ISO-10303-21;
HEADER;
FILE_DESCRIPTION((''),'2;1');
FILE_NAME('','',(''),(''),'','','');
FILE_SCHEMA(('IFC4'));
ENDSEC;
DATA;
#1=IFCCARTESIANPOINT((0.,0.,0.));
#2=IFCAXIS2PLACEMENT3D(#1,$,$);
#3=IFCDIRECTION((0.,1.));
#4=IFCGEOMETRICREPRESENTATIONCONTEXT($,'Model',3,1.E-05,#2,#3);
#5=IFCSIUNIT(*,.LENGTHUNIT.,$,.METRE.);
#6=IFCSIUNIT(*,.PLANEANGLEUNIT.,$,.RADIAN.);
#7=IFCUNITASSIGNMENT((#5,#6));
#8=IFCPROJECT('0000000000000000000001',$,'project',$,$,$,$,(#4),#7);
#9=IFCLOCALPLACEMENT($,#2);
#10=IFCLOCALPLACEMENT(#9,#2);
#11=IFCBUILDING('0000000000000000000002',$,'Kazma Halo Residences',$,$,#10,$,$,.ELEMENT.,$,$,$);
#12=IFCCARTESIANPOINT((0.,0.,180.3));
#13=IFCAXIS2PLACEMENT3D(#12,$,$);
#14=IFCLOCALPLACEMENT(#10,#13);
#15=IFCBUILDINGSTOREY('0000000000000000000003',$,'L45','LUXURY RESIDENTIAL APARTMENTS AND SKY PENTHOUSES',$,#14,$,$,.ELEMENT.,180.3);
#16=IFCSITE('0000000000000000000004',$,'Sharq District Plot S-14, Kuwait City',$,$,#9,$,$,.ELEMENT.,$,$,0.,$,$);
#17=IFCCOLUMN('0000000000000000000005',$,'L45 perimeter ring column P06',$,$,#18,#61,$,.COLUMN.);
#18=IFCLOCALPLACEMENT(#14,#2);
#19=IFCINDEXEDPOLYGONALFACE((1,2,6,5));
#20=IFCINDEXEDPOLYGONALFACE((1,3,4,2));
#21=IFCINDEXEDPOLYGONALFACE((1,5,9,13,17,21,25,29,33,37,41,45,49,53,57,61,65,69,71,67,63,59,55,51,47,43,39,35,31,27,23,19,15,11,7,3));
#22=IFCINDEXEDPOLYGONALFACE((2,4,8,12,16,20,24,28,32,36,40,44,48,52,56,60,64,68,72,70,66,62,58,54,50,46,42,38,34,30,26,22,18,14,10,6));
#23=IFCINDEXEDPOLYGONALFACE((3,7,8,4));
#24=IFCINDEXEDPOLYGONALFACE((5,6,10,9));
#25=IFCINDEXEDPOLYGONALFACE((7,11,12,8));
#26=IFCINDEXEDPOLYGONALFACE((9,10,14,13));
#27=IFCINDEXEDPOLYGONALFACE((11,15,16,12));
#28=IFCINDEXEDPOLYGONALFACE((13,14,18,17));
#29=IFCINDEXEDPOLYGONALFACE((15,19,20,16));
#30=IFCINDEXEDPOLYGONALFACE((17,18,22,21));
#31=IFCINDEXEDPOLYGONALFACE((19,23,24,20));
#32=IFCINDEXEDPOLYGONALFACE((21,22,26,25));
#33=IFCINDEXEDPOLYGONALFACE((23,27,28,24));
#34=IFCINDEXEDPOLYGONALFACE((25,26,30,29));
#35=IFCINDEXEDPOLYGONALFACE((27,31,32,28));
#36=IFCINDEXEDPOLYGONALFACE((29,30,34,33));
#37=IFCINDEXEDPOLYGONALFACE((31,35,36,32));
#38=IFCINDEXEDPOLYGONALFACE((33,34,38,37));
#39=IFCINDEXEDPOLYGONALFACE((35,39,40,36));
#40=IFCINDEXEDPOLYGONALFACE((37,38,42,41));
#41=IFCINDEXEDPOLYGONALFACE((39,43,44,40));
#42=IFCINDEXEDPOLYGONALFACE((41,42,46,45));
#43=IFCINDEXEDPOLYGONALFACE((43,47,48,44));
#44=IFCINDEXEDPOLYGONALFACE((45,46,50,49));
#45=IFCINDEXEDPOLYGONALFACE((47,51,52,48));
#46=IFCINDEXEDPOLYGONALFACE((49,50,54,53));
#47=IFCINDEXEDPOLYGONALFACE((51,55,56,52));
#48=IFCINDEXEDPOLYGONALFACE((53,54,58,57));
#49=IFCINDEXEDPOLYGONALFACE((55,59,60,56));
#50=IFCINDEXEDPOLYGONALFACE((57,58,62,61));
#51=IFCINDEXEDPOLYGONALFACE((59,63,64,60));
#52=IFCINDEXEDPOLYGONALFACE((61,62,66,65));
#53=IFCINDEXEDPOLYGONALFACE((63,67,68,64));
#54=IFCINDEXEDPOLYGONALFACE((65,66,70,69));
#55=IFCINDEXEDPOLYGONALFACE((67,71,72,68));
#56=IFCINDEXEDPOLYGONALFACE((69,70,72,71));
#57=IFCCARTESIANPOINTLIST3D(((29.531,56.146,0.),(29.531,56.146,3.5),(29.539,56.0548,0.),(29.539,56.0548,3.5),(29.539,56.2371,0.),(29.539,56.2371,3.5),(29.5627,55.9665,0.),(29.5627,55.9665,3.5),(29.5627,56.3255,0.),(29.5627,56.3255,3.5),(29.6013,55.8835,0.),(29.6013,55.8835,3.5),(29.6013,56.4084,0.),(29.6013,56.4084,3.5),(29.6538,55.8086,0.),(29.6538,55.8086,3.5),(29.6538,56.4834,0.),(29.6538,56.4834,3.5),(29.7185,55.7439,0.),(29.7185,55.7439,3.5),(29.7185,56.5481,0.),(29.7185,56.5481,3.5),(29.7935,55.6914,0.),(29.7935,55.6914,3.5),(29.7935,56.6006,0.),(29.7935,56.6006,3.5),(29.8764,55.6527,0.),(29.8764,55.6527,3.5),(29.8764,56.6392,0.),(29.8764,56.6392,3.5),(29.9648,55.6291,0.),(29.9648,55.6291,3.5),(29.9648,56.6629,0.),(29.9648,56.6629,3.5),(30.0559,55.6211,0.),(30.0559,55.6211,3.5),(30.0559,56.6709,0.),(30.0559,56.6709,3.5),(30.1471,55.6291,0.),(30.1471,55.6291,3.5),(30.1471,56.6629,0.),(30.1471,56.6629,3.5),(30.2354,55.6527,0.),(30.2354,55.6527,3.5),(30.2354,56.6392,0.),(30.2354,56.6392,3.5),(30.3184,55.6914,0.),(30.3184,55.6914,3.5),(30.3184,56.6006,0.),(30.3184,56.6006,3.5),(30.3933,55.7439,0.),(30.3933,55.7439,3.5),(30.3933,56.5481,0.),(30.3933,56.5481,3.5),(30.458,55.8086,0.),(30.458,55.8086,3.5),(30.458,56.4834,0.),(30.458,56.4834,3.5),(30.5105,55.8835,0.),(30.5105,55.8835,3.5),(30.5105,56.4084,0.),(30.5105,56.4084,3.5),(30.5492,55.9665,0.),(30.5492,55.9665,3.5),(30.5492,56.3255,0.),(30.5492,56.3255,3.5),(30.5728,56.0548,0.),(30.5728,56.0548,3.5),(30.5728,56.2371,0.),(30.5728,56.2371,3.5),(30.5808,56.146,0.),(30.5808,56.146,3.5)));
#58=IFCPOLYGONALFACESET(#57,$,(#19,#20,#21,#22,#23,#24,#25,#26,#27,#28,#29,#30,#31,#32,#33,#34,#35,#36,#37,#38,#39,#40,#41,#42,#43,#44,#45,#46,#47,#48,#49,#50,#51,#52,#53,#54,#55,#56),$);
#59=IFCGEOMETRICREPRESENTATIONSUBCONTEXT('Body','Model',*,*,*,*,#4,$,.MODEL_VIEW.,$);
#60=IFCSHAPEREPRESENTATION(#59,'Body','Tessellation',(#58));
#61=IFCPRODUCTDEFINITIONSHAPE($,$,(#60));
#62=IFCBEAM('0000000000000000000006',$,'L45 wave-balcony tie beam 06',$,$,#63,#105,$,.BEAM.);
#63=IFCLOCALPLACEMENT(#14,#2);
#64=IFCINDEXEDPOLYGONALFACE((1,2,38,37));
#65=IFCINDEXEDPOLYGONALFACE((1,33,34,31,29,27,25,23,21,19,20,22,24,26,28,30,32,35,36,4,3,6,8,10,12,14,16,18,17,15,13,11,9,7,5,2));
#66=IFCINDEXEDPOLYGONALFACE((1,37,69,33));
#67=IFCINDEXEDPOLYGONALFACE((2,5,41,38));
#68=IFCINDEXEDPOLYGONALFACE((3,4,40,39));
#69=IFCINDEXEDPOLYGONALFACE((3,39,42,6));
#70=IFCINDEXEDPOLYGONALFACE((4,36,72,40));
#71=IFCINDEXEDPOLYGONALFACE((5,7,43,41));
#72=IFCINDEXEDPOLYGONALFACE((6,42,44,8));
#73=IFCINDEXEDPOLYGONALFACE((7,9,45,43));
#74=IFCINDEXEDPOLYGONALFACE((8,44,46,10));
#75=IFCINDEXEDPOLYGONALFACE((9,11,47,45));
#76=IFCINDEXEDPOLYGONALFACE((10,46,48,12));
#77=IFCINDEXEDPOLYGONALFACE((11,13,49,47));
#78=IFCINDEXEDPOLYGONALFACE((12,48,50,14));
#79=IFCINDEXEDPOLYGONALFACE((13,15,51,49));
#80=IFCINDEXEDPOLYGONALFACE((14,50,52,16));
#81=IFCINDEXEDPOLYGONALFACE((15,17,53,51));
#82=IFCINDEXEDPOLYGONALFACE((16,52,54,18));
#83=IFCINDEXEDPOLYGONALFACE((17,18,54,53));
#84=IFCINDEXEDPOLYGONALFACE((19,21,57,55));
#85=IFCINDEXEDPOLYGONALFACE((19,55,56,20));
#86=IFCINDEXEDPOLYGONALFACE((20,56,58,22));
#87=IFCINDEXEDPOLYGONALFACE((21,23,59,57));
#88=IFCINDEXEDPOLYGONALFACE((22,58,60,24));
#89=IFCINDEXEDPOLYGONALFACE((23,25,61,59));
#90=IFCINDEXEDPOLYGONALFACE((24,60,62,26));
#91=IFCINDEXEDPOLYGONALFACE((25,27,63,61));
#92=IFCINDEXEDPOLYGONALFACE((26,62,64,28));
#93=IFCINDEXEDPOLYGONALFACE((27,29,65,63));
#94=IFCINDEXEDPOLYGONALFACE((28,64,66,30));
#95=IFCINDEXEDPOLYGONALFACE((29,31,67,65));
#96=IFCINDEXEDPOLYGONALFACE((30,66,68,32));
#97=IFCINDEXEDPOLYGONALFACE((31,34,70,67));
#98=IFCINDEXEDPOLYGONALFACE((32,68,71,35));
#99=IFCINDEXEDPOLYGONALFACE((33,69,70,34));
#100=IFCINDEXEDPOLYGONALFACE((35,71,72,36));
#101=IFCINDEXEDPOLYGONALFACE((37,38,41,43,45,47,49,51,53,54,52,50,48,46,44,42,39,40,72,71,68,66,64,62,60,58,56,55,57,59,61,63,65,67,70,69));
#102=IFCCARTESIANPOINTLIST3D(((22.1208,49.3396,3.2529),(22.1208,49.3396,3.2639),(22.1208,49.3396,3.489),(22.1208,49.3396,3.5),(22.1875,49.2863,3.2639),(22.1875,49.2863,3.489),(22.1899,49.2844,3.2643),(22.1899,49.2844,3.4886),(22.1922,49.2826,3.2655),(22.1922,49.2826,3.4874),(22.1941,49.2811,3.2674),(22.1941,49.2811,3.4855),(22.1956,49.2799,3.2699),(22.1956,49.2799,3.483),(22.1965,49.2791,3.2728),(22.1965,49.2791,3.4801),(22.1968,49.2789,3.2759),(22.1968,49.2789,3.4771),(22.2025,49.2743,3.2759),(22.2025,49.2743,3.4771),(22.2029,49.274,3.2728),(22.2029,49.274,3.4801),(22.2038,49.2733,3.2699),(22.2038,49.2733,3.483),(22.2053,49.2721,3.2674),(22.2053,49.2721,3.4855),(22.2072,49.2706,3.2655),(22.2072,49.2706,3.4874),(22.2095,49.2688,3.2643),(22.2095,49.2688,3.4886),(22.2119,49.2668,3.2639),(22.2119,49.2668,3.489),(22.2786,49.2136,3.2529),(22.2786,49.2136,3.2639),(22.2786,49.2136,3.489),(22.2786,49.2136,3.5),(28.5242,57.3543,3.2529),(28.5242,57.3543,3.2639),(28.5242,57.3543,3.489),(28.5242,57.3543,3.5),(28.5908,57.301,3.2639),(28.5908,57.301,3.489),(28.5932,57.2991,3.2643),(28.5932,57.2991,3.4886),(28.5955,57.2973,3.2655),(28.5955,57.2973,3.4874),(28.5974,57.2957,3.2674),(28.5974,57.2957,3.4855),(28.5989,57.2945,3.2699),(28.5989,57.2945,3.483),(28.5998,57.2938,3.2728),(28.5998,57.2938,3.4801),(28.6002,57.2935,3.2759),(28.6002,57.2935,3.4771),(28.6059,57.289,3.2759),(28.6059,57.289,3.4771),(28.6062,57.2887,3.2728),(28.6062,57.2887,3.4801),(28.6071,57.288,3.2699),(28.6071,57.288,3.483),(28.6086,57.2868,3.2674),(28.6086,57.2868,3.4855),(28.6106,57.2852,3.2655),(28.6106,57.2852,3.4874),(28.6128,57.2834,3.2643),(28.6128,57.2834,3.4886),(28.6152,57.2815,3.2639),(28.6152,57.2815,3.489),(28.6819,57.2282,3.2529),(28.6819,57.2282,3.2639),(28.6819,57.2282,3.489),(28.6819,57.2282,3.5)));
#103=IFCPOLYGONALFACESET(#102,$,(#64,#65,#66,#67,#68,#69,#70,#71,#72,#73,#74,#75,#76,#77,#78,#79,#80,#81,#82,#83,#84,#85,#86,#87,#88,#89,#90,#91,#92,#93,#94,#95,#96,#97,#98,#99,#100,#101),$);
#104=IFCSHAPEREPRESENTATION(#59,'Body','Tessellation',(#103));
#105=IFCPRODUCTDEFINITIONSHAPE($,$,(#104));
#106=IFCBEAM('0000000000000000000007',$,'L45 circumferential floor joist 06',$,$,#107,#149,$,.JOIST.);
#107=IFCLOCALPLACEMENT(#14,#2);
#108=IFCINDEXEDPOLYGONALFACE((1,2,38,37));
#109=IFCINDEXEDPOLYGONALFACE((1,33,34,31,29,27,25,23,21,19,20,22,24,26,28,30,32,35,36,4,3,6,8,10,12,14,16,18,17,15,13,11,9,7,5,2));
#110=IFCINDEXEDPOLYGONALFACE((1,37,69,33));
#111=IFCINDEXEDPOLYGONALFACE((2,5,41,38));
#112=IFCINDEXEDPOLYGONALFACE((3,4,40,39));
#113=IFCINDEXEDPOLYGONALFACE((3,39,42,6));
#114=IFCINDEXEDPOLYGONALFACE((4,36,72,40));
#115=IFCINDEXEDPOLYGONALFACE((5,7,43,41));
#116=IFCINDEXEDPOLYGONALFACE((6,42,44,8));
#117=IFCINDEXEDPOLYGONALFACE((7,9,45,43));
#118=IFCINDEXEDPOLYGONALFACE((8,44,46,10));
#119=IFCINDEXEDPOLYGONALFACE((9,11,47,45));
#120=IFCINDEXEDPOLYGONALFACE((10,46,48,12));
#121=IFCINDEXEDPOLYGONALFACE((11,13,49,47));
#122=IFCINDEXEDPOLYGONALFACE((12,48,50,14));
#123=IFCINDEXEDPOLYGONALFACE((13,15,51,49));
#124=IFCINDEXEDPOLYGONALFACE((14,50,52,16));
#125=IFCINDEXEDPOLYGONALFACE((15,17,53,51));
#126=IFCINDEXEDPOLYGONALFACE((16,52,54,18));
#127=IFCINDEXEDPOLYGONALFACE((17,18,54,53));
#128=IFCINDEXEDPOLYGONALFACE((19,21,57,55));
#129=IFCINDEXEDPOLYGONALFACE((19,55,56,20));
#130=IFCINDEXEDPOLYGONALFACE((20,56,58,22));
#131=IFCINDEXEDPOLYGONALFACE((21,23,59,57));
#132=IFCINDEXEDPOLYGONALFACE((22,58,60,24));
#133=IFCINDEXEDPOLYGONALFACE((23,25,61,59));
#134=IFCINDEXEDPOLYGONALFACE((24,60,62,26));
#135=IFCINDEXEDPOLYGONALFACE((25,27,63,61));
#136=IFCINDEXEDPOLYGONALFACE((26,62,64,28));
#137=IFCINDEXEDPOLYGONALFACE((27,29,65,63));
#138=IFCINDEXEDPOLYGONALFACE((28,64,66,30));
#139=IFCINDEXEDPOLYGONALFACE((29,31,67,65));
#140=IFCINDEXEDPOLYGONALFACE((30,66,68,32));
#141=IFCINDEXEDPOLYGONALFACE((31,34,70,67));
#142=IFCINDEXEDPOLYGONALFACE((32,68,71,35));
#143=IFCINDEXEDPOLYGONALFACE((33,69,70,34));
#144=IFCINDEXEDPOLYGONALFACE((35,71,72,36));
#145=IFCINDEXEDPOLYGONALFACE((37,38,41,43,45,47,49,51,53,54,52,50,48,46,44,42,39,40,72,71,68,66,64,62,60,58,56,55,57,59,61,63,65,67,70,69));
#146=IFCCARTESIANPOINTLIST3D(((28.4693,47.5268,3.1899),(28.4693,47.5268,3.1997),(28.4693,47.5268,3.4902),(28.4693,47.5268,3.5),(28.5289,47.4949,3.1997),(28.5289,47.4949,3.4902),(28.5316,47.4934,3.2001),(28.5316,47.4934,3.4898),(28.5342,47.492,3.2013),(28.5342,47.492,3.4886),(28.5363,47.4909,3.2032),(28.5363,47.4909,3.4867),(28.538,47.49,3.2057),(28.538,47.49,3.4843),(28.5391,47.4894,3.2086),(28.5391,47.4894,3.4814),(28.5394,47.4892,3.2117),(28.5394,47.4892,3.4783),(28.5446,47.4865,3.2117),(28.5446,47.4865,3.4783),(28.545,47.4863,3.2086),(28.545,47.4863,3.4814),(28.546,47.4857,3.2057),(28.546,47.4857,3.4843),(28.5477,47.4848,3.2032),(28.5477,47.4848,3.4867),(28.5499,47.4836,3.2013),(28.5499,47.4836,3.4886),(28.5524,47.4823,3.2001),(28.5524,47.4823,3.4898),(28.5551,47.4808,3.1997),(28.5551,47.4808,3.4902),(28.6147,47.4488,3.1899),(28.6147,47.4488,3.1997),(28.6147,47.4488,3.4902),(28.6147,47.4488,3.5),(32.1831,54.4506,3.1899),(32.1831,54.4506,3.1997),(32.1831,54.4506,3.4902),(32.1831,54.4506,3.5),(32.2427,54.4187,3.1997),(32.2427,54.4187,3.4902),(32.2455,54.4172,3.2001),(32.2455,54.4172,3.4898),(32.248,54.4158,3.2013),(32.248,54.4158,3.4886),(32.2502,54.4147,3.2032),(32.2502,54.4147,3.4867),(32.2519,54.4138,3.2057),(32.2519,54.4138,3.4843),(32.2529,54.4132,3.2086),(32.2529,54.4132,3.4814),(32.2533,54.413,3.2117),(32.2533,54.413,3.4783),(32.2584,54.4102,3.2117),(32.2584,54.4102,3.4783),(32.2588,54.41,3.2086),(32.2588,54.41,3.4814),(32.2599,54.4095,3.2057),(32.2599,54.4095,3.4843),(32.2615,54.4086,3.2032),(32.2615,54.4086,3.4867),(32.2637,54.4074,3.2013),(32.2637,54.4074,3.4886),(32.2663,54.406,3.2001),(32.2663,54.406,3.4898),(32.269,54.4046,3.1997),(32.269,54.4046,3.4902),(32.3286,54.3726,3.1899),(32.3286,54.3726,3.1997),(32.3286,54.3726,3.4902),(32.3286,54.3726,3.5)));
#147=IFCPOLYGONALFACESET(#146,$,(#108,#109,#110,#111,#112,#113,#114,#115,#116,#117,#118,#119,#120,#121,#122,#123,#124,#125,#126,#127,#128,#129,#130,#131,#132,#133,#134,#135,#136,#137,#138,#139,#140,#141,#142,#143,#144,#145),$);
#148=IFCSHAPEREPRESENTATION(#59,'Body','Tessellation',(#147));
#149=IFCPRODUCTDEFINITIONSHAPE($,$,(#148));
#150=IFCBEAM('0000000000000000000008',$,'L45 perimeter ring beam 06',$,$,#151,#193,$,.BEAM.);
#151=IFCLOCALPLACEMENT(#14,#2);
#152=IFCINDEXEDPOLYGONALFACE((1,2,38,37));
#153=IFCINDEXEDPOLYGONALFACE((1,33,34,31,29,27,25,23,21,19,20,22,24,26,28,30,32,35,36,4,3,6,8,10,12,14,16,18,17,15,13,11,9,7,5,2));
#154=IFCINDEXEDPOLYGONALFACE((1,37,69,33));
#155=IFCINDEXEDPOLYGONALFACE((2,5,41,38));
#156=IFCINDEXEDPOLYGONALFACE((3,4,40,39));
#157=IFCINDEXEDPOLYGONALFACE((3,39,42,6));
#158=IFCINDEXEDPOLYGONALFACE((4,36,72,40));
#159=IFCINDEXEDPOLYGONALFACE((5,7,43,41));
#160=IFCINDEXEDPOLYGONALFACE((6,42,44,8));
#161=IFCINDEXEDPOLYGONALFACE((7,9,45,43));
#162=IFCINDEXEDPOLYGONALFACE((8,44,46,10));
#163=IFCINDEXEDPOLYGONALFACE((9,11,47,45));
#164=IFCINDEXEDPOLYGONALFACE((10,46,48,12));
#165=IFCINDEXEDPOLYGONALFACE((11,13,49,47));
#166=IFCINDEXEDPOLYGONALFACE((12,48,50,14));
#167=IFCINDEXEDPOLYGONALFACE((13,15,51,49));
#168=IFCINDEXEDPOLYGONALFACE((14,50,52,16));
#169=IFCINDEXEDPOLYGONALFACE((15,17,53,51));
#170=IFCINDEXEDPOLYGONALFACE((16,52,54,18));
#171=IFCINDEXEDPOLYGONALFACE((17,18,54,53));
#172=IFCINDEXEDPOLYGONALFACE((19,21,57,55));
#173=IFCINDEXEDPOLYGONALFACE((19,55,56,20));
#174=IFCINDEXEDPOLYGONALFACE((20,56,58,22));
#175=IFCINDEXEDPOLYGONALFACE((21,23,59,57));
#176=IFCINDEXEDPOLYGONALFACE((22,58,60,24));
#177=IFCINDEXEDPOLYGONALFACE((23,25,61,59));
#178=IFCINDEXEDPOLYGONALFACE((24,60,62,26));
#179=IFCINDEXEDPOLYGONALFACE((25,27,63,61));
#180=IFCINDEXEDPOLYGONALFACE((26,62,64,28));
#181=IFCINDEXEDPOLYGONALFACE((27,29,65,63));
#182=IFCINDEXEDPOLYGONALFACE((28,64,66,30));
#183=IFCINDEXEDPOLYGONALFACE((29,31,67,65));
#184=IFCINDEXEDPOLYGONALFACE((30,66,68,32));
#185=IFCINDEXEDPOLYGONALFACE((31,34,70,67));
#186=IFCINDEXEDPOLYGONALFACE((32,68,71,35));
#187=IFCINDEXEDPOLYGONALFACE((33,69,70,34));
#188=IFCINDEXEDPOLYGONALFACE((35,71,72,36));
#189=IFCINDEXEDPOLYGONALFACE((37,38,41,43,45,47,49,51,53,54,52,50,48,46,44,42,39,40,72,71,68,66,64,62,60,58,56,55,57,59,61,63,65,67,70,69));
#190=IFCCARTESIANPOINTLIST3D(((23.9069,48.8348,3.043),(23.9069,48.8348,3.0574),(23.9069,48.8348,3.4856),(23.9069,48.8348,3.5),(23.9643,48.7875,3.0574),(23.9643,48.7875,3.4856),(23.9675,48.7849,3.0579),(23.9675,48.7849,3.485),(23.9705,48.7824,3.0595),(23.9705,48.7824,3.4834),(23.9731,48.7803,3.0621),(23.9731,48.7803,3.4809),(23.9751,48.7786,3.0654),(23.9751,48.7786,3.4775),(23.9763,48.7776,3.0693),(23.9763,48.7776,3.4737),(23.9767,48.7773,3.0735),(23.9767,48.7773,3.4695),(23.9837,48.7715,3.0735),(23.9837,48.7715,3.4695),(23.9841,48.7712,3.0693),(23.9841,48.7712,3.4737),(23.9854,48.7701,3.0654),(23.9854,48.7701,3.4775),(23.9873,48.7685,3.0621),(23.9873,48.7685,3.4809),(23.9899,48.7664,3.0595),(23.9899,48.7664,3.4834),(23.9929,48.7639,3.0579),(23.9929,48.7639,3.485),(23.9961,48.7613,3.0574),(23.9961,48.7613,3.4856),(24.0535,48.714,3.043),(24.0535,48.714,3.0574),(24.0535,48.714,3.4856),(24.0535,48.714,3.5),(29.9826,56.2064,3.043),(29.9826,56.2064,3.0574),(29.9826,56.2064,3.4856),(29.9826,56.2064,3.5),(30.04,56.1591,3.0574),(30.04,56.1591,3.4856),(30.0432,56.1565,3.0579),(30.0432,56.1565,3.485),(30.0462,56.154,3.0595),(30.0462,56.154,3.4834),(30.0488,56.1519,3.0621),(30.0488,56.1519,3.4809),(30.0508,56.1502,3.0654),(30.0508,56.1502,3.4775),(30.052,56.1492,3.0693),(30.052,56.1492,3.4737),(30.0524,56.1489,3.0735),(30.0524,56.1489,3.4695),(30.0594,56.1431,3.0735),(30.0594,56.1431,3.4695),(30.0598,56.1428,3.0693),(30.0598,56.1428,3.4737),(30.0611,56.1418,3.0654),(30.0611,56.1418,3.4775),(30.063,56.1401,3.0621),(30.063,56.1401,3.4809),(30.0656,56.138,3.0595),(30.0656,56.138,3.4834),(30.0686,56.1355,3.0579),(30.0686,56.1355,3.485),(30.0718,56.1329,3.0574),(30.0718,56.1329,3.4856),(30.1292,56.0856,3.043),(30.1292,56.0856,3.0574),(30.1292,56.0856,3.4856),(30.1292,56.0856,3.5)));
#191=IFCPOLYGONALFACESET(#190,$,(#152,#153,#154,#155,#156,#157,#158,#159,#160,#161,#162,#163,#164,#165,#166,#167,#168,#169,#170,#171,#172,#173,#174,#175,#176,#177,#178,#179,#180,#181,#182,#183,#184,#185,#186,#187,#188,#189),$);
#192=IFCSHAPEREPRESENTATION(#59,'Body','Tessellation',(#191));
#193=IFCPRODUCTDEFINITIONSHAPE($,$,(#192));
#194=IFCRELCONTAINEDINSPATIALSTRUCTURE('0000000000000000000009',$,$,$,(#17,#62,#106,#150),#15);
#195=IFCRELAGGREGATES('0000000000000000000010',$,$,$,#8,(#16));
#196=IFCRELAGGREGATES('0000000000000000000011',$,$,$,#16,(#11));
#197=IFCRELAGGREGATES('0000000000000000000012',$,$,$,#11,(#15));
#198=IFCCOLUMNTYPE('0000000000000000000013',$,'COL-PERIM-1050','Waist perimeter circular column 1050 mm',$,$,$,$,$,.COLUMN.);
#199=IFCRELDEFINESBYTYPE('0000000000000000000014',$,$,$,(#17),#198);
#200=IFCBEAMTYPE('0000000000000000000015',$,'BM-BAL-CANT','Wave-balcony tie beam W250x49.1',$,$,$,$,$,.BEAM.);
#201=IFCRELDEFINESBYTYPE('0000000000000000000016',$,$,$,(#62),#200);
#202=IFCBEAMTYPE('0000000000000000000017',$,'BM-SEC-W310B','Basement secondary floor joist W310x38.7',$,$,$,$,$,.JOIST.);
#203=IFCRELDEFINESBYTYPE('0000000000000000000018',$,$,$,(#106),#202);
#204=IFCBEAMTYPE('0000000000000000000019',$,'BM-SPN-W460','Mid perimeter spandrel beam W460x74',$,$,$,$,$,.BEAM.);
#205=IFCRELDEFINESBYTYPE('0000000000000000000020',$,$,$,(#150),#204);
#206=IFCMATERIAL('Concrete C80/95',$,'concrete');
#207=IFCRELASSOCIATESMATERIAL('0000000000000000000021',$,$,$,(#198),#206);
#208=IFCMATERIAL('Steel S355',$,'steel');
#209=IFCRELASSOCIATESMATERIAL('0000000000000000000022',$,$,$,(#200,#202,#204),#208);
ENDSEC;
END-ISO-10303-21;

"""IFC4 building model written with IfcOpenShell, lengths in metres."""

from ifc_helpers import new_model, si_unit, direction, frame, origin, origin_2d, place, context, subcontext, project, spatial, circle, i_section, extrude, material, material_profile, profile_set, type_object, element, save


model = new_model("IFC4")

# Units and contexts
model_context = context("Model", 3, precision=1e-05, world=origin(), true_north=direction((0.0, 1.0)))
body_context = subcontext(model_context, "Body", "Model", "MODEL_VIEW")
ifc_project = project(units=[si_unit("LENGTHUNIT", "METRE"), si_unit("PLANEANGLEUNIT", "RADIAN")], contexts=[model_context])

# Site, building, storey
site_placement = place(None, origin())
site = spatial("IfcSite", under=ifc_project, at=site_placement, Name="Sharq District Plot S-14, Kuwait City", CompositionType="ELEMENT", RefElevation=0.0)
building_placement = place(site_placement, origin())
building = spatial("IfcBuilding", under=site, at=building_placement, Name="Kazma Halo Residences", CompositionType="ELEMENT")
storey_placement = place(building_placement, frame((0.0, 0.0, 180.3)))
storey = spatial("IfcBuildingStorey", under=building, at=storey_placement, Name="L45", Description="LUXURY RESIDENTIAL APARTMENTS AND SKY PENTHOUSES", CompositionType="ELEMENT", Elevation=180.3)

# Column
ifc_material_1 = material(Name="Concrete C80/95", Category="concrete")
ifc_material_profile_1 = material_profile(ifc_material_1, circle(Radius=0.5249, at=origin_2d()), Name="CIRC1050")
ifc_profile_set_1 = profile_set([ifc_material_profile_1], Name="Concrete C80/95")
column_type = type_object("IfcColumnType", Name="COL-PERIM-1050", Description="Waist perimeter circular column 1050 mm", PredefinedType="COLUMN", material=ifc_profile_set_1)
column_placement = place(storey_placement, frame((30.0559, 56.146, 0.0), z_axis=(0.0, 0.0, 1.0), x_axis=(1.0, 0.0, 0.0)))
element("IfcColumn", 1, at=column_placement, inside=storey, type_object=column_type, Name="L45 perimeter ring column P06", PredefinedType="COLUMN", context=body_context, shape_type="SweptSolid", body=[
    extrude(circle(Radius=0.5249, at=origin_2d()), origin(), (0.0, 0.0, 1.0), 3.5),
])

# Beams
ifc_material_2 = material(Name="Steel S355", Category="steel")
ifc_material_profile_2 = material_profile(ifc_material_2, i_section(OverallWidth=0.2019, OverallDepth=0.2471, WebThickness=0.0073, FlangeThickness=0.011, FilletRadius=0.012, at=origin_2d()), Name="W250x49.1")
ifc_profile_set_2 = profile_set([ifc_material_profile_2], Name="Steel S355")
beam_type_1 = type_object("IfcBeamType", Name="BM-BAL-CANT", Description="Wave-balcony tie beam W250x49.1", PredefinedType="BEAM", material=ifc_profile_set_2)
beam_1_placement = place(storey_placement, frame((28.603, 57.2913, 3.3765), z_axis=(-0.624196, -0.781268, 0.0), x_axis=(0.781268, -0.624196, 0.0)))
element("IfcBeam", 2, at=beam_1_placement, inside=storey, type_object=beam_type_1, Name="L45 wave-balcony tie beam 06", PredefinedType="BEAM", context=body_context, shape_type="SweptSolid", body=[
    extrude(i_section(OverallWidth=0.2019, OverallDepth=0.2471, WebThickness=0.0073, FlangeThickness=0.011, FilletRadius=0.012, at=origin_2d()), origin(), (0.0, 0.0, 1.0), 10.2585),
])
ifc_material_profile_3 = material_profile(ifc_material_2, i_section(OverallWidth=0.165, OverallDepth=0.3101, WebThickness=0.0059, FlangeThickness=0.0098, FilletRadius=0.012, at=origin_2d()), Name="W310x38.7")
ifc_profile_set_3 = profile_set([ifc_material_profile_3], Name="Steel S355")
beam_type_2 = type_object("IfcBeamType", Name="BM-SEC-W310B", Description="Basement secondary floor joist W310x38.7", PredefinedType="JOIST", material=ifc_profile_set_3)
beam_2_placement = place(storey_placement, frame((32.2559, 54.4116, 3.345), z_axis=(-0.472684, -0.881232, 0.0), x_axis=(0.881232, -0.472684, 0.0)))
element("IfcBeam", 3, at=beam_2_placement, inside=storey, type_object=beam_type_2, Name="L45 circumferential floor joist 06", PredefinedType="JOIST", context=body_context, shape_type="SweptSolid", body=[
    extrude(i_section(OverallWidth=0.165, OverallDepth=0.3101, WebThickness=0.0059, FlangeThickness=0.0098, FilletRadius=0.012, at=origin_2d()), origin(), (0.0, 0.0, 1.0), 7.8569),
])
ifc_material_profile_4 = material_profile(ifc_material_2, i_section(OverallWidth=0.1899, OverallDepth=0.457, WebThickness=0.009, FlangeThickness=0.0144, FilletRadius=0.0161, at=origin_2d()), Name="W460x74")
ifc_profile_set_4 = profile_set([ifc_material_profile_4], Name="Steel S355")
beam_type_3 = type_object("IfcBeamType", Name="BM-SPN-W460", Description="Mid perimeter spandrel beam W460x74", PredefinedType="BEAM", material=ifc_profile_set_4)
beam_3_placement = place(storey_placement, frame((30.0559, 56.146, 3.2715), z_axis=(-0.636017, -0.771675, 0.0), x_axis=(0.771675, -0.636017, 0.0)))
element("IfcBeam", 4, at=beam_3_placement, inside=storey, type_object=beam_type_3, Name="L45 perimeter ring beam 06", PredefinedType="BEAM", context=body_context, shape_type="SweptSolid", body=[
    extrude(i_section(OverallWidth=0.1899, OverallDepth=0.457, WebThickness=0.009, FlangeThickness=0.0144, FilletRadius=0.0161, at=origin_2d()), origin(), (0.0, 0.0, 1.0), 9.5527),
])

save(model, "model.ifc")
